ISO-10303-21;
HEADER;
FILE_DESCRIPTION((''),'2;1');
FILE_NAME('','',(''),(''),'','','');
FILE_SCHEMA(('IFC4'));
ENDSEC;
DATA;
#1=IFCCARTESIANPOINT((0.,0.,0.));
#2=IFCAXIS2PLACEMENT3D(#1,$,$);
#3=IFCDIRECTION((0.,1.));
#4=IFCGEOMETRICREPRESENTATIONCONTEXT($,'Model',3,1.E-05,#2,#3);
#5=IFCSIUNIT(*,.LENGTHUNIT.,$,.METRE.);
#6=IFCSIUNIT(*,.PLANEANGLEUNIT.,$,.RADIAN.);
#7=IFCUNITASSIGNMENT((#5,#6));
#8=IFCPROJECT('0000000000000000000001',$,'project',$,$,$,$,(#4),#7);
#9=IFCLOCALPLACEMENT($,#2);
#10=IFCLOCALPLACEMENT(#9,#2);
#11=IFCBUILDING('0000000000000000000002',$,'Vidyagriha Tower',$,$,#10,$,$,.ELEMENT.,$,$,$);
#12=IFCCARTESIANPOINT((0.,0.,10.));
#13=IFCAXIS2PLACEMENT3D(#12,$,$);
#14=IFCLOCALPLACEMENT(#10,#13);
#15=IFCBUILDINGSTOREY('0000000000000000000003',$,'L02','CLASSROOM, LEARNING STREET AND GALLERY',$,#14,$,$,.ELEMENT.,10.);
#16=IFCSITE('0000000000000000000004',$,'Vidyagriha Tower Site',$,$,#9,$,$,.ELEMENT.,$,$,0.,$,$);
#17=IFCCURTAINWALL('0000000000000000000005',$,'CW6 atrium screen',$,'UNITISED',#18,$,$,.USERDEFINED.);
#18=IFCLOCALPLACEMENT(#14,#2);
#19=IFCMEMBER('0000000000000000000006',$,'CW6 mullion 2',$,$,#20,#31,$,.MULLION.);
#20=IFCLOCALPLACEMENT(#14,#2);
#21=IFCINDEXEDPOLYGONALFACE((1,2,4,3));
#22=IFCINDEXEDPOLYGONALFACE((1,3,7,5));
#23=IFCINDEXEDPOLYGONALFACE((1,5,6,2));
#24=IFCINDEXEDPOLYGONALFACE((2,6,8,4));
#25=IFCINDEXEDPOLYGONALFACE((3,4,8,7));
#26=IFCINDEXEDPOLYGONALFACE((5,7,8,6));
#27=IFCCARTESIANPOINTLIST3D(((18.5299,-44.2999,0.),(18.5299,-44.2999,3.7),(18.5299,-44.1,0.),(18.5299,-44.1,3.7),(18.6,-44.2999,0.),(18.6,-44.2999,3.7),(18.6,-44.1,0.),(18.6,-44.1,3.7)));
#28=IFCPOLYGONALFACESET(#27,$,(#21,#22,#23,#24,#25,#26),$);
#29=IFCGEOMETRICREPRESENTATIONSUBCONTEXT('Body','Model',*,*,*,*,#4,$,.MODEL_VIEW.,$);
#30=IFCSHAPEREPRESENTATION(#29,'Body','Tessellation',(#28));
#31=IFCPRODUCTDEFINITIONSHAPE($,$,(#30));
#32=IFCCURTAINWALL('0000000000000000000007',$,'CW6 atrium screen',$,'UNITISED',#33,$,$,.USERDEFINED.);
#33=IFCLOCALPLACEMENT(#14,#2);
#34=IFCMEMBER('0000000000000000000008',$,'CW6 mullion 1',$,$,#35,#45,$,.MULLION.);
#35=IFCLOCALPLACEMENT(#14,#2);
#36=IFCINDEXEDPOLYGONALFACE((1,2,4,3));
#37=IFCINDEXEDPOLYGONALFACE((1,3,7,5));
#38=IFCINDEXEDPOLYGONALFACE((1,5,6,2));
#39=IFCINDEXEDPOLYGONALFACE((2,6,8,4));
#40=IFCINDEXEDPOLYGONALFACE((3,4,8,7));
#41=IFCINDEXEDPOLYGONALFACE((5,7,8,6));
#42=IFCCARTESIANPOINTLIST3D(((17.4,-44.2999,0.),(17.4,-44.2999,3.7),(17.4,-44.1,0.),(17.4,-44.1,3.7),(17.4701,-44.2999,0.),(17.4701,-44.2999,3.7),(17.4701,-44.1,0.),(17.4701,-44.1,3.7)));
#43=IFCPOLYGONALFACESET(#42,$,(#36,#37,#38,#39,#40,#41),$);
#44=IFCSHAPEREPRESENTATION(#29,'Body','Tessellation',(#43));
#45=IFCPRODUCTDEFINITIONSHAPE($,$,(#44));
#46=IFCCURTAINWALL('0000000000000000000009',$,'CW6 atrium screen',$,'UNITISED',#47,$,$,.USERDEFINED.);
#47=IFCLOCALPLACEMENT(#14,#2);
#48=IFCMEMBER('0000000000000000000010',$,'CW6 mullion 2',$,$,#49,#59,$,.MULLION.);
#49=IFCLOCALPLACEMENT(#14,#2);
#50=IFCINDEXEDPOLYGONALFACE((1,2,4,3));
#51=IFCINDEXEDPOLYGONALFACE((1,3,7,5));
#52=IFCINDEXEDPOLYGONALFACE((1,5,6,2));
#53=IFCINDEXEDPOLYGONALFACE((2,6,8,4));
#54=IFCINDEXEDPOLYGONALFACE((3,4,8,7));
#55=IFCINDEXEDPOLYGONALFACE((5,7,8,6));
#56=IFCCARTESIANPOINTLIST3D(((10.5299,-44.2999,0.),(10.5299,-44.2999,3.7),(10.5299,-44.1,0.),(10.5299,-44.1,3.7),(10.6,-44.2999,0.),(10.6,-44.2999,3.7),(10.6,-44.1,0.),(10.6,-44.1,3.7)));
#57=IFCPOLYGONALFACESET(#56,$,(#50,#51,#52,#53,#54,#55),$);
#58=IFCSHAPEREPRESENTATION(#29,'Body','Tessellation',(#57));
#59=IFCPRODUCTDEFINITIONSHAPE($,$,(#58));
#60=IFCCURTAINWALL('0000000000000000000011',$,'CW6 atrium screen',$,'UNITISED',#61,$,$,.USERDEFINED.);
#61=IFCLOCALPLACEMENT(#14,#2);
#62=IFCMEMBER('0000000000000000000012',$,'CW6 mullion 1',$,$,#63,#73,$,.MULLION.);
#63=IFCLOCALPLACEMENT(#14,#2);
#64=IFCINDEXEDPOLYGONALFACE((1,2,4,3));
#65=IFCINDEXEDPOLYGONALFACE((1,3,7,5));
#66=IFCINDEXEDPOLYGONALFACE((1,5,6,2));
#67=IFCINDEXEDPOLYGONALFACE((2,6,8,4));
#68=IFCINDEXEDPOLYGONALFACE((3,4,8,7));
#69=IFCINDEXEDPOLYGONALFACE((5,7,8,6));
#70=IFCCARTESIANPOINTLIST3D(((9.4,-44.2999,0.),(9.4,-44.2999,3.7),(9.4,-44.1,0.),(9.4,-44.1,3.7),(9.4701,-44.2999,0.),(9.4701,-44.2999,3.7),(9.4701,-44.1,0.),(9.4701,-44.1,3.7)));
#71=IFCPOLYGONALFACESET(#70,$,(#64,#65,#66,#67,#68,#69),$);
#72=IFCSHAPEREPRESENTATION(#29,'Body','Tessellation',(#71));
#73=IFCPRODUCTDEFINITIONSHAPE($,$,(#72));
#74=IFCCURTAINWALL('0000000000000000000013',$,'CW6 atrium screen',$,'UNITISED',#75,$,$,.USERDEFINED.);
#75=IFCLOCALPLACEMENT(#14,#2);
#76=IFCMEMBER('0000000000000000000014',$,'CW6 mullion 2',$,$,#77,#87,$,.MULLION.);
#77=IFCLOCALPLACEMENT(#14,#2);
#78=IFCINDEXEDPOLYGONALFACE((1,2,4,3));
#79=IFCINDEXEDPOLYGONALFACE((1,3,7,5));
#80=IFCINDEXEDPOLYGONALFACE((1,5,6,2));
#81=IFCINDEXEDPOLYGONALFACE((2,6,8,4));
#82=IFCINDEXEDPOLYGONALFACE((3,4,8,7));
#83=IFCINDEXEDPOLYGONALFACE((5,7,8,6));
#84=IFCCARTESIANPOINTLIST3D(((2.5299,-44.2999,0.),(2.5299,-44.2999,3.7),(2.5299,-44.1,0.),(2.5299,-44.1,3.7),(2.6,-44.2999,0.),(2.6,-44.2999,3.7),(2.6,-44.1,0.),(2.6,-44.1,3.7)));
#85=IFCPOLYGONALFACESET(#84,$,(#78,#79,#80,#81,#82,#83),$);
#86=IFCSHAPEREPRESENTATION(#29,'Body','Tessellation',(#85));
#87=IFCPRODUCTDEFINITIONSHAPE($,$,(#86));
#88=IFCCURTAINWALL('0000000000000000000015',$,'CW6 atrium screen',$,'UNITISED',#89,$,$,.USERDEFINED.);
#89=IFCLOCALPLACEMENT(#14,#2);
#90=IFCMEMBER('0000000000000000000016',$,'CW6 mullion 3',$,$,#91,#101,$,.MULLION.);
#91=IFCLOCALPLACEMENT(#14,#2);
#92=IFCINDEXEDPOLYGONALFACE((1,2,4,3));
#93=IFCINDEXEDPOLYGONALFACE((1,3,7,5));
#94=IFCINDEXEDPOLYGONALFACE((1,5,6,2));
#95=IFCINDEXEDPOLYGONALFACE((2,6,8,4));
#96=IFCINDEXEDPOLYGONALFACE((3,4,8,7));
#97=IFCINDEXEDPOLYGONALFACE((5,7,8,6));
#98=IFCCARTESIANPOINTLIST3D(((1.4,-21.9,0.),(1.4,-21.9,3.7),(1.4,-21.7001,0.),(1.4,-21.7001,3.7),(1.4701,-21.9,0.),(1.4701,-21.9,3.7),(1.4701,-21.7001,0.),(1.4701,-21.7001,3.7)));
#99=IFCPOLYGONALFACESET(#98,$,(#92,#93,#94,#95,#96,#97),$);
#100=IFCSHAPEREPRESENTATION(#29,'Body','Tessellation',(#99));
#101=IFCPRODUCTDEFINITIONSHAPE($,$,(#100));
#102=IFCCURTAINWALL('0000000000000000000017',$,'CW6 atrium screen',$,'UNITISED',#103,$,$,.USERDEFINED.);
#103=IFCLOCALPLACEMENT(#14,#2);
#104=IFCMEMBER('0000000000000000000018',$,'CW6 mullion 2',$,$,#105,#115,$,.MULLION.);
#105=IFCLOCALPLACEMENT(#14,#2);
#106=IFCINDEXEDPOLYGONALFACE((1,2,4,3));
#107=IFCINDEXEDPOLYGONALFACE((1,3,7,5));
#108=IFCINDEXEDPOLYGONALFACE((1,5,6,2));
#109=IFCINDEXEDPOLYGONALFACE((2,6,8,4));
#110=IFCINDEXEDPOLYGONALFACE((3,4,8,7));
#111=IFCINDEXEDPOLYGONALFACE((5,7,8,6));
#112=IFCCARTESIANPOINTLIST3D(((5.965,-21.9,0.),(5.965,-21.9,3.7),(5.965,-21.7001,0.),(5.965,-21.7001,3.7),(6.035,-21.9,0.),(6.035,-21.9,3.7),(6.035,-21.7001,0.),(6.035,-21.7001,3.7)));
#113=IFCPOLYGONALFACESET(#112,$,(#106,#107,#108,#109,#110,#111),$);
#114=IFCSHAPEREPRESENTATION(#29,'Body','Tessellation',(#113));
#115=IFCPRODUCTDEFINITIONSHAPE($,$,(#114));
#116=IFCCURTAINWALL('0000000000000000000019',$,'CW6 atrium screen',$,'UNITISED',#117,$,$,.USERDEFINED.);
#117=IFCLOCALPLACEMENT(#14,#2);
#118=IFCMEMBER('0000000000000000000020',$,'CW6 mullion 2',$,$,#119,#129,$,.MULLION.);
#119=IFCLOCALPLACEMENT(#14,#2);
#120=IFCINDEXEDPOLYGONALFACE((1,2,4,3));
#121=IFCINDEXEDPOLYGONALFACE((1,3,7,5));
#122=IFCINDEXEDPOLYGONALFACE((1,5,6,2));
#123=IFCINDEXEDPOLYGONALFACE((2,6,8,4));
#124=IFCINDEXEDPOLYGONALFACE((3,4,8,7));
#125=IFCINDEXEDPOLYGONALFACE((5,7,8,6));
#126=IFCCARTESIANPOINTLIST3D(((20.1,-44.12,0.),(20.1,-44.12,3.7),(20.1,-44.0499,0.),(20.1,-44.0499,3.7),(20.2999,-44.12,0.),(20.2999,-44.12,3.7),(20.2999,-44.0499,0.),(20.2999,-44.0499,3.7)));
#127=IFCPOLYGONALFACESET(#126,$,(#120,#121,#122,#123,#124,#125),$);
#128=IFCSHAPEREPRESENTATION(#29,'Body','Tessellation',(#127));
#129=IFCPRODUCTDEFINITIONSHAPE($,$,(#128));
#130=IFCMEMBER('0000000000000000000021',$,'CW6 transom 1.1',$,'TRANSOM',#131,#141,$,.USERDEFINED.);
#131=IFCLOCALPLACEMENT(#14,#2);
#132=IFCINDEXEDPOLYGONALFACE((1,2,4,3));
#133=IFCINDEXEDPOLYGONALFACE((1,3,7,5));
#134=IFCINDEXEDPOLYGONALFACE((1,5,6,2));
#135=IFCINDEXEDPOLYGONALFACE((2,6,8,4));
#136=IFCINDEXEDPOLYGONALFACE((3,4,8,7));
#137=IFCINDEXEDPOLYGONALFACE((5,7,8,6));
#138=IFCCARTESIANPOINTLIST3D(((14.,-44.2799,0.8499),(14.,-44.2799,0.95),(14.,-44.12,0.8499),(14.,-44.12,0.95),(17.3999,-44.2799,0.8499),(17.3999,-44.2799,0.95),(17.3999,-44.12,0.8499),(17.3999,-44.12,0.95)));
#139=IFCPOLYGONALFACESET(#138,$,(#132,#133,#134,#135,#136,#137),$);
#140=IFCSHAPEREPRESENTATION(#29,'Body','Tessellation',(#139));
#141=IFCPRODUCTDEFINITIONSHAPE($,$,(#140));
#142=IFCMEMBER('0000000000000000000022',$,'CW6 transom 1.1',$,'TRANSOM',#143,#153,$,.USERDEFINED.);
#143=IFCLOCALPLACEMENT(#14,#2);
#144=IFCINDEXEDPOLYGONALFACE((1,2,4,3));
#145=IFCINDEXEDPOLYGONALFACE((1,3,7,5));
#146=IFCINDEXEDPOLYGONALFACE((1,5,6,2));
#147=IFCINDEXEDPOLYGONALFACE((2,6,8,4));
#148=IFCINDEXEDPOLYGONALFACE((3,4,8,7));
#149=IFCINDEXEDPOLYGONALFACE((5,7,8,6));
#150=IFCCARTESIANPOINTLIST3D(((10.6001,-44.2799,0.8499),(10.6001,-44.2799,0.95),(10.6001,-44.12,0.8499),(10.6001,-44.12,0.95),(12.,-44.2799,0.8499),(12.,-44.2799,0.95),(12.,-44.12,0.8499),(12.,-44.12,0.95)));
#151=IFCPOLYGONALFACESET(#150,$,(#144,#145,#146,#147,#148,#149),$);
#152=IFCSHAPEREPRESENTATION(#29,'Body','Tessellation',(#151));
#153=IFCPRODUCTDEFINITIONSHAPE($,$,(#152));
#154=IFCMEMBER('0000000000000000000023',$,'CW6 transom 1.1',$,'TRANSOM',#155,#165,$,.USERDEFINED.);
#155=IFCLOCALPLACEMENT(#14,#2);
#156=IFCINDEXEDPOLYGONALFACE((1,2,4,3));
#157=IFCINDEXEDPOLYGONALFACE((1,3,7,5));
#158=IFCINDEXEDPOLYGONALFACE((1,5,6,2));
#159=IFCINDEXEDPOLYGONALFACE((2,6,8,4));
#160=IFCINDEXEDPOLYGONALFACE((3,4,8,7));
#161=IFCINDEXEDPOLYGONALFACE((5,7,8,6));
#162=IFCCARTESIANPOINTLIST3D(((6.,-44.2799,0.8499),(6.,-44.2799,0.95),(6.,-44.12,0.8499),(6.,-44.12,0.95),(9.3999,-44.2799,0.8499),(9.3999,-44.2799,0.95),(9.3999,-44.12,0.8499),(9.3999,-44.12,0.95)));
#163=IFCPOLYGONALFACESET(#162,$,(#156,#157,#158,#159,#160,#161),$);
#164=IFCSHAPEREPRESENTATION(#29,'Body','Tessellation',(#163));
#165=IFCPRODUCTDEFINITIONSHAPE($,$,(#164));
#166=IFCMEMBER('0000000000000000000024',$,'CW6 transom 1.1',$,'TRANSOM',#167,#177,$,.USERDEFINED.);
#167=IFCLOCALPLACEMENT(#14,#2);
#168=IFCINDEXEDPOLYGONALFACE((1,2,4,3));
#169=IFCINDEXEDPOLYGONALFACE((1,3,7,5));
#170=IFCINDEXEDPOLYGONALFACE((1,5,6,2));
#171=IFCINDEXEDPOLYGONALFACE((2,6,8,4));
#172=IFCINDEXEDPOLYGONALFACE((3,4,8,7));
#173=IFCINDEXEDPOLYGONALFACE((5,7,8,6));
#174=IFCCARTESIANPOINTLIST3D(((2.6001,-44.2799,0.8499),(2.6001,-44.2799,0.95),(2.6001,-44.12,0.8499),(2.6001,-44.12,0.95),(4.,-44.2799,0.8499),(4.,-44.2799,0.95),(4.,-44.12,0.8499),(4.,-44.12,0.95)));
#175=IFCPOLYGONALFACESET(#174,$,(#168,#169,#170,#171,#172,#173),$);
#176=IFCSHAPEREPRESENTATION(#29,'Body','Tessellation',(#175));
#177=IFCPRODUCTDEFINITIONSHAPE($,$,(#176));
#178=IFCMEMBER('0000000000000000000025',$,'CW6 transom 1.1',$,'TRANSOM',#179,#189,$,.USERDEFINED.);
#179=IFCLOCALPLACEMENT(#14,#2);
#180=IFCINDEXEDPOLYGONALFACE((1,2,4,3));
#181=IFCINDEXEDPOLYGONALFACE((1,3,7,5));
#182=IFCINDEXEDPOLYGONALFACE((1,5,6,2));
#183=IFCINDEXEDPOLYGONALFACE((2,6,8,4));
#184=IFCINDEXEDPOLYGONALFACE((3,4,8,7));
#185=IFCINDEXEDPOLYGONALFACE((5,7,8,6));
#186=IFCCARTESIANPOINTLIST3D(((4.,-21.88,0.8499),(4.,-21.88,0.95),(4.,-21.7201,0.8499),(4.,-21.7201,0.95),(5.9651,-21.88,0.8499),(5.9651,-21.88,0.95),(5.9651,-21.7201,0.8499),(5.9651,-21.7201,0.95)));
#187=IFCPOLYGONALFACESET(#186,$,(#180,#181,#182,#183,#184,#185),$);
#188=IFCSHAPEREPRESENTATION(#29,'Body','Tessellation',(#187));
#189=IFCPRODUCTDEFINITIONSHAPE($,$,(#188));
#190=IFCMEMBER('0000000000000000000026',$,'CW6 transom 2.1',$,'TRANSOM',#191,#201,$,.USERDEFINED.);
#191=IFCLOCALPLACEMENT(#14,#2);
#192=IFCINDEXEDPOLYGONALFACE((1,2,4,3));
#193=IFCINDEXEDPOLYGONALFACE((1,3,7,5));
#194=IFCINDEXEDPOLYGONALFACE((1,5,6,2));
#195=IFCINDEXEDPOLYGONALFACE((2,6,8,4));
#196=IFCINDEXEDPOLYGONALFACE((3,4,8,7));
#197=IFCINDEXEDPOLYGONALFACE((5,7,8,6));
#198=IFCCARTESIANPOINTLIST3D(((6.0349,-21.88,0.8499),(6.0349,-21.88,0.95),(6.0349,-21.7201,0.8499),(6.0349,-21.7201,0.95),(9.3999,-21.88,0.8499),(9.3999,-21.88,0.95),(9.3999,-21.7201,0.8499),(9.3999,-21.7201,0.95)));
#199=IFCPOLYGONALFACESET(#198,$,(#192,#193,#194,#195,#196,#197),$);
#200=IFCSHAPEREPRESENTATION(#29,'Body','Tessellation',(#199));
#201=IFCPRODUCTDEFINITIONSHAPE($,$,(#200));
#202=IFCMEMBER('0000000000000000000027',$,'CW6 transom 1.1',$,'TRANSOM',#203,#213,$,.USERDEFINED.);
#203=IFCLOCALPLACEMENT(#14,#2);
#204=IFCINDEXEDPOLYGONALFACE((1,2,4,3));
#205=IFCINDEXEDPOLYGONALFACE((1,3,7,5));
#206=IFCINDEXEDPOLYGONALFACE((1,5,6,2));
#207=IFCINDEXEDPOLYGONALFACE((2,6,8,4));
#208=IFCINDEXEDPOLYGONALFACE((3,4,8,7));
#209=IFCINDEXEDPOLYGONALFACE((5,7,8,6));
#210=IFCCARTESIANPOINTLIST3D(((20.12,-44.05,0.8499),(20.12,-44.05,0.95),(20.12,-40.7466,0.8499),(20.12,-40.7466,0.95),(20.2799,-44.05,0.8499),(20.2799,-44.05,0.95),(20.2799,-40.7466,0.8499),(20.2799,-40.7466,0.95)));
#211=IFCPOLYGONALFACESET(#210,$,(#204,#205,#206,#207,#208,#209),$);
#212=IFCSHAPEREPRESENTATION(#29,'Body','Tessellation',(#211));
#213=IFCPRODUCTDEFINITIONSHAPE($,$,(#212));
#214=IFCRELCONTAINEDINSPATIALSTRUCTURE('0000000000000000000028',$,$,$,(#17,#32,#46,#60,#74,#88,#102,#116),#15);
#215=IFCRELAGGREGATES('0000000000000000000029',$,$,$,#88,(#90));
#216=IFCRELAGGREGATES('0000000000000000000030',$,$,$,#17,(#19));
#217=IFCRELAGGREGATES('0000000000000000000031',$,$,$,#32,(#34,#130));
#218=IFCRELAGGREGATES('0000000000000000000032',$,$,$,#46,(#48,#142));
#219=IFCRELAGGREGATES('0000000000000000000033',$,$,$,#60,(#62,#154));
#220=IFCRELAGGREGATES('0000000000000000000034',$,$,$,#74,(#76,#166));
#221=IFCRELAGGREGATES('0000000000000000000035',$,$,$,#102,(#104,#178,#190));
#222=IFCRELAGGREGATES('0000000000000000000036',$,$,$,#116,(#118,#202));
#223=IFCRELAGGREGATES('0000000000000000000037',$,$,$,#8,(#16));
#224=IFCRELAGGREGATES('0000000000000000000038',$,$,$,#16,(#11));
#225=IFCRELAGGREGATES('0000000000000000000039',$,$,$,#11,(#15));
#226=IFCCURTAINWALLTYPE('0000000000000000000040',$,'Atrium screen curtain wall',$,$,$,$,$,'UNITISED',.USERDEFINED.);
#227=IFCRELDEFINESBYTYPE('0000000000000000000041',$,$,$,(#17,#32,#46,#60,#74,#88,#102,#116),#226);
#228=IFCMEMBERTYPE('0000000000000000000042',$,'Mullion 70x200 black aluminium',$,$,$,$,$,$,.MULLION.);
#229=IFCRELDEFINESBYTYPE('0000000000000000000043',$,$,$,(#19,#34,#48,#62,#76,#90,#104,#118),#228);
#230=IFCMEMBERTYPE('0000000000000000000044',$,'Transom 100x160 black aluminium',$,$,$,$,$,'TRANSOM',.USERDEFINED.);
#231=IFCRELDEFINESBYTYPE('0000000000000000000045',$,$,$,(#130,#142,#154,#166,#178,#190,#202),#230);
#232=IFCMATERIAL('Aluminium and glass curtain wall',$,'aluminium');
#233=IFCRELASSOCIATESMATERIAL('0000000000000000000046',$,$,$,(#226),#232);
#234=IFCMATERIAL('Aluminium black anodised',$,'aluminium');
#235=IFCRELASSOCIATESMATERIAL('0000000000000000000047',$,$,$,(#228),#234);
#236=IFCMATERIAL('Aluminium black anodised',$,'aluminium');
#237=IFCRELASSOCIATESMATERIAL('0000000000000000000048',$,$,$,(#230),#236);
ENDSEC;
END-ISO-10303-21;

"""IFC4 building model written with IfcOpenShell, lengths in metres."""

from ifc_helpers import new_model, si_unit, direction, frame, origin, origin_2d, place, context, subcontext, project, spatial, rectangle, extrude, material, material_profile, profile_set, type_object, element, aggregate, save


model = new_model("IFC4")

# Units and contexts
model_context = context("Model", 3, precision=1e-05, world=origin(), true_north=direction((0.0, 1.0)))
body_context = subcontext(model_context, "Body", "Model", "MODEL_VIEW")
ifc_project = project(units=[si_unit("LENGTHUNIT", "METRE"), si_unit("PLANEANGLEUNIT", "RADIAN")], contexts=[model_context])

# Site, building, storey
site_placement = place(None, origin())
site = spatial("IfcSite", under=ifc_project, at=site_placement, Name="Vidyagriha Tower Site", CompositionType="ELEMENT", RefElevation=0.0)
building_placement = place(site_placement, origin())
building = spatial("IfcBuilding", under=site, at=building_placement, Name="Vidyagriha Tower", CompositionType="ELEMENT")
storey_placement = place(building_placement, frame((0.0, 0.0, 10.0)))
storey = spatial("IfcBuildingStorey", under=building, at=storey_placement, Name="L02", Description="CLASSROOM, LEARNING STREET AND GALLERY", CompositionType="ELEMENT", Elevation=10.0)

# Curtain walls, members
ifc_material_1 = material(Name="Aluminium and glass curtain wall", Category="aluminium")
curtain_wall_type = type_object("IfcCurtainWallType", Name="Atrium screen curtain wall", ElementType="UNITISED", PredefinedType="USERDEFINED", material=ifc_material_1)
curtain_wall_1_placement = place(storey_placement, origin())
curtain_wall_1 = element("IfcCurtainWall", 1, at=curtain_wall_1_placement, inside=storey, type_object=curtain_wall_type, Name="CW6 atrium screen", ObjectType="UNITISED", PredefinedType="USERDEFINED")
ifc_material_2 = material(Name="Aluminium black anodised", Category="aluminium")
ifc_material_profile_1 = material_profile(ifc_material_2, rectangle(XDim=0.2, YDim=0.0701, at=origin_2d()), Name="Mullion 70x200 black aluminium")
ifc_profile_set_1 = profile_set([ifc_material_profile_1], Name="Aluminium black anodised")
member_type_1 = type_object("IfcMemberType", Name="Mullion 70x200 black aluminium", PredefinedType="MULLION", material=ifc_profile_set_1)
member_1_placement = place(storey_placement, frame((18.5649, -44.2, 0.0), z_axis=(0.0, 0.0, 1.0), x_axis=(0.0, -1.0, 0.0)))
member_1 = element("IfcMember", 2, at=member_1_placement, type_object=member_type_1, Name="CW6 mullion 2", PredefinedType="MULLION", context=body_context, shape_type="SweptSolid", body=[
    extrude(rectangle(XDim=0.2, YDim=0.0701, at=origin_2d()), origin(), (0.0, 0.0, 1.0), 3.7),
])
curtain_wall_2_placement = place(storey_placement, origin())
curtain_wall_2 = element("IfcCurtainWall", 3, at=curtain_wall_2_placement, inside=storey, type_object=curtain_wall_type, Name="CW6 atrium screen", ObjectType="UNITISED", PredefinedType="USERDEFINED")
member_2_placement = place(storey_placement, frame((17.4351, -44.2, 0.0), z_axis=(0.0, 0.0, 1.0), x_axis=(0.0, -1.0, 0.0)))
member_2 = element("IfcMember", 4, at=member_2_placement, type_object=member_type_1, Name="CW6 mullion 1", PredefinedType="MULLION", context=body_context, shape_type="SweptSolid", body=[
    extrude(rectangle(XDim=0.2, YDim=0.0701, at=origin_2d()), origin(), (0.0, 0.0, 1.0), 3.7),
])
curtain_wall_3_placement = place(storey_placement, origin())
curtain_wall_3 = element("IfcCurtainWall", 5, at=curtain_wall_3_placement, inside=storey, type_object=curtain_wall_type, Name="CW6 atrium screen", ObjectType="UNITISED", PredefinedType="USERDEFINED")
member_3_placement = place(storey_placement, frame((10.5649, -44.2, 0.0), z_axis=(0.0, 0.0, 1.0), x_axis=(0.0, -1.0, 0.0)))
member_3 = element("IfcMember", 6, at=member_3_placement, type_object=member_type_1, Name="CW6 mullion 2", PredefinedType="MULLION", context=body_context, shape_type="SweptSolid", body=[
    extrude(rectangle(XDim=0.2, YDim=0.0701, at=origin_2d()), origin(), (0.0, 0.0, 1.0), 3.7),
])
curtain_wall_4_placement = place(storey_placement, origin())
curtain_wall_4 = element("IfcCurtainWall", 7, at=curtain_wall_4_placement, inside=storey, type_object=curtain_wall_type, Name="CW6 atrium screen", ObjectType="UNITISED", PredefinedType="USERDEFINED")
member_4_placement = place(storey_placement, frame((9.4351, -44.2, 0.0), z_axis=(0.0, 0.0, 1.0), x_axis=(0.0, -1.0, 0.0)))
member_4 = element("IfcMember", 8, at=member_4_placement, type_object=member_type_1, Name="CW6 mullion 1", PredefinedType="MULLION", context=body_context, shape_type="SweptSolid", body=[
    extrude(rectangle(XDim=0.2, YDim=0.0701, at=origin_2d()), origin(), (0.0, 0.0, 1.0), 3.7),
])
curtain_wall_5_placement = place(storey_placement, origin())
curtain_wall_5 = element("IfcCurtainWall", 9, at=curtain_wall_5_placement, inside=storey, type_object=curtain_wall_type, Name="CW6 atrium screen", ObjectType="UNITISED", PredefinedType="USERDEFINED")
member_5_placement = place(storey_placement, frame((2.5649, -44.2, 0.0), z_axis=(0.0, 0.0, 1.0), x_axis=(0.0, -1.0, 0.0)))
member_5 = element("IfcMember", 10, at=member_5_placement, type_object=member_type_1, Name="CW6 mullion 2", PredefinedType="MULLION", context=body_context, shape_type="SweptSolid", body=[
    extrude(rectangle(XDim=0.2, YDim=0.0701, at=origin_2d()), origin(), (0.0, 0.0, 1.0), 3.7),
])
curtain_wall_6_placement = place(storey_placement, origin())
curtain_wall_6 = element("IfcCurtainWall", 11, at=curtain_wall_6_placement, inside=storey, type_object=curtain_wall_type, Name="CW6 atrium screen", ObjectType="UNITISED", PredefinedType="USERDEFINED")
member_6_placement = place(storey_placement, frame((1.4351, -21.8, 0.0), z_axis=(0.0, 0.0, 1.0), x_axis=(0.0, 1.0, 0.0)))
member_6 = element("IfcMember", 12, at=member_6_placement, type_object=member_type_1, Name="CW6 mullion 3", PredefinedType="MULLION", context=body_context, shape_type="SweptSolid", body=[
    extrude(rectangle(XDim=0.2, YDim=0.0701, at=origin_2d()), origin(), (0.0, 0.0, 1.0), 3.7),
])
aggregate(curtain_wall_6, [member_6])
curtain_wall_7_placement = place(storey_placement, origin())
curtain_wall_7 = element("IfcCurtainWall", 13, at=curtain_wall_7_placement, inside=storey, type_object=curtain_wall_type, Name="CW6 atrium screen", ObjectType="UNITISED", PredefinedType="USERDEFINED")
member_7_placement = place(storey_placement, frame((6.0, -21.8, 0.0), z_axis=(0.0, 0.0, 1.0), x_axis=(0.0, 1.0, 0.0)))
member_7 = element("IfcMember", 14, at=member_7_placement, type_object=member_type_1, Name="CW6 mullion 2", PredefinedType="MULLION", context=body_context, shape_type="SweptSolid", body=[
    extrude(rectangle(XDim=0.2, YDim=0.0701, at=origin_2d()), origin(), (0.0, 0.0, 1.0), 3.7),
])
curtain_wall_8_placement = place(storey_placement, origin())
curtain_wall_8 = element("IfcCurtainWall", 15, at=curtain_wall_8_placement, inside=storey, type_object=curtain_wall_type, Name="CW6 atrium screen", ObjectType="UNITISED", PredefinedType="USERDEFINED")
member_8_placement = place(storey_placement, frame((20.2, -44.085, 0.0)))
member_8 = element("IfcMember", 16, at=member_8_placement, type_object=member_type_1, Name="CW6 mullion 2", PredefinedType="MULLION", context=body_context, shape_type="SweptSolid", body=[
    extrude(rectangle(XDim=0.2, YDim=0.0701, at=origin_2d()), origin(), (0.0, 0.0, 1.0), 3.7),
])

# Members
ifc_material_3 = material(Name="Aluminium black anodised", Category="aluminium")
ifc_material_profile_2 = material_profile(ifc_material_3, rectangle(XDim=0.1599, YDim=0.1001, at=origin_2d()), Name="Transom 100x160 black aluminium")
ifc_profile_set_2 = profile_set([ifc_material_profile_2], Name="Aluminium black anodised")
member_type_2 = type_object("IfcMemberType", Name="Transom 100x160 black aluminium", ElementType="TRANSOM", PredefinedType="USERDEFINED", material=ifc_profile_set_2)
member_9_placement = place(storey_placement, frame((17.3999, -44.2, 0.8999), z_axis=(-1.0, 0.0, 0.0), x_axis=(0.0, -1.0, 0.0)))
member_9 = element("IfcMember", 17, at=member_9_placement, type_object=member_type_2, Name="CW6 transom 1.1", ObjectType="TRANSOM", PredefinedType="USERDEFINED", context=body_context, shape_type="SweptSolid", body=[
    extrude(rectangle(XDim=0.1599, YDim=0.1001, at=origin_2d()), origin(), (0.0, 0.0, 1.0), 3.3999),
])
member_10_placement = place(storey_placement, frame((12.0, -44.2, 0.8999), z_axis=(-1.0, 0.0, 0.0), x_axis=(0.0, -1.0, 0.0)))
member_10 = element("IfcMember", 18, at=member_10_placement, type_object=member_type_2, Name="CW6 transom 1.1", ObjectType="TRANSOM", PredefinedType="USERDEFINED", context=body_context, shape_type="SweptSolid", body=[
    extrude(rectangle(XDim=0.1599, YDim=0.1001, at=origin_2d()), origin(), (0.0, 0.0, 1.0), 1.3999),
])
member_11_placement = place(storey_placement, frame((9.3999, -44.2, 0.8999), z_axis=(-1.0, 0.0, 0.0), x_axis=(0.0, -1.0, 0.0)))
member_11 = element("IfcMember", 19, at=member_11_placement, type_object=member_type_2, Name="CW6 transom 1.1", ObjectType="TRANSOM", PredefinedType="USERDEFINED", context=body_context, shape_type="SweptSolid", body=[
    extrude(rectangle(XDim=0.1599, YDim=0.1001, at=origin_2d()), origin(), (0.0, 0.0, 1.0), 3.3999),
])
member_12_placement = place(storey_placement, frame((4.0, -44.2, 0.8999), z_axis=(-1.0, 0.0, 0.0), x_axis=(0.0, -1.0, 0.0)))
member_12 = element("IfcMember", 20, at=member_12_placement, type_object=member_type_2, Name="CW6 transom 1.1", ObjectType="TRANSOM", PredefinedType="USERDEFINED", context=body_context, shape_type="SweptSolid", body=[
    extrude(rectangle(XDim=0.1599, YDim=0.1001, at=origin_2d()), origin(), (0.0, 0.0, 1.0), 1.3999),
])
member_13_placement = place(storey_placement, frame((4.0, -21.8, 0.8999), z_axis=(1.0, 0.0, 0.0), x_axis=(0.0, 1.0, 0.0)))
member_13 = element("IfcMember", 21, at=member_13_placement, type_object=member_type_2, Name="CW6 transom 1.1", ObjectType="TRANSOM", PredefinedType="USERDEFINED", context=body_context, shape_type="SweptSolid", body=[
    extrude(rectangle(XDim=0.1599, YDim=0.1001, at=origin_2d()), origin(), (0.0, 0.0, 1.0), 1.9651),
])
member_14_placement = place(storey_placement, frame((6.0349, -21.8, 0.8999), z_axis=(1.0, 0.0, 0.0), x_axis=(0.0, 1.0, 0.0)))
member_14 = element("IfcMember", 22, at=member_14_placement, type_object=member_type_2, Name="CW6 transom 2.1", ObjectType="TRANSOM", PredefinedType="USERDEFINED", context=body_context, shape_type="SweptSolid", body=[
    extrude(rectangle(XDim=0.1599, YDim=0.1001, at=origin_2d()), origin(), (0.0, 0.0, 1.0), 3.365),
])
member_15_placement = place(storey_placement, frame((20.2, -40.7466, 0.8999), z_axis=(0.0, -1.0, 0.0), x_axis=(1.0, 0.0, 0.0)))
member_15 = element("IfcMember", 23, at=member_15_placement, type_object=member_type_2, Name="CW6 transom 1.1", ObjectType="TRANSOM", PredefinedType="USERDEFINED", context=body_context, shape_type="SweptSolid", body=[
    extrude(rectangle(XDim=0.1599, YDim=0.1001, at=origin_2d()), origin(), (0.0, 0.0, 1.0), 3.3035),
])

aggregate(curtain_wall_1, [member_1])
aggregate(curtain_wall_2, [member_2, member_9])
aggregate(curtain_wall_3, [member_3, member_10])
aggregate(curtain_wall_4, [member_4, member_11])
aggregate(curtain_wall_5, [member_5, member_12])
aggregate(curtain_wall_7, [member_7, member_13, member_14])
aggregate(curtain_wall_8, [member_8, member_15])

save(model, "model.ifc")
